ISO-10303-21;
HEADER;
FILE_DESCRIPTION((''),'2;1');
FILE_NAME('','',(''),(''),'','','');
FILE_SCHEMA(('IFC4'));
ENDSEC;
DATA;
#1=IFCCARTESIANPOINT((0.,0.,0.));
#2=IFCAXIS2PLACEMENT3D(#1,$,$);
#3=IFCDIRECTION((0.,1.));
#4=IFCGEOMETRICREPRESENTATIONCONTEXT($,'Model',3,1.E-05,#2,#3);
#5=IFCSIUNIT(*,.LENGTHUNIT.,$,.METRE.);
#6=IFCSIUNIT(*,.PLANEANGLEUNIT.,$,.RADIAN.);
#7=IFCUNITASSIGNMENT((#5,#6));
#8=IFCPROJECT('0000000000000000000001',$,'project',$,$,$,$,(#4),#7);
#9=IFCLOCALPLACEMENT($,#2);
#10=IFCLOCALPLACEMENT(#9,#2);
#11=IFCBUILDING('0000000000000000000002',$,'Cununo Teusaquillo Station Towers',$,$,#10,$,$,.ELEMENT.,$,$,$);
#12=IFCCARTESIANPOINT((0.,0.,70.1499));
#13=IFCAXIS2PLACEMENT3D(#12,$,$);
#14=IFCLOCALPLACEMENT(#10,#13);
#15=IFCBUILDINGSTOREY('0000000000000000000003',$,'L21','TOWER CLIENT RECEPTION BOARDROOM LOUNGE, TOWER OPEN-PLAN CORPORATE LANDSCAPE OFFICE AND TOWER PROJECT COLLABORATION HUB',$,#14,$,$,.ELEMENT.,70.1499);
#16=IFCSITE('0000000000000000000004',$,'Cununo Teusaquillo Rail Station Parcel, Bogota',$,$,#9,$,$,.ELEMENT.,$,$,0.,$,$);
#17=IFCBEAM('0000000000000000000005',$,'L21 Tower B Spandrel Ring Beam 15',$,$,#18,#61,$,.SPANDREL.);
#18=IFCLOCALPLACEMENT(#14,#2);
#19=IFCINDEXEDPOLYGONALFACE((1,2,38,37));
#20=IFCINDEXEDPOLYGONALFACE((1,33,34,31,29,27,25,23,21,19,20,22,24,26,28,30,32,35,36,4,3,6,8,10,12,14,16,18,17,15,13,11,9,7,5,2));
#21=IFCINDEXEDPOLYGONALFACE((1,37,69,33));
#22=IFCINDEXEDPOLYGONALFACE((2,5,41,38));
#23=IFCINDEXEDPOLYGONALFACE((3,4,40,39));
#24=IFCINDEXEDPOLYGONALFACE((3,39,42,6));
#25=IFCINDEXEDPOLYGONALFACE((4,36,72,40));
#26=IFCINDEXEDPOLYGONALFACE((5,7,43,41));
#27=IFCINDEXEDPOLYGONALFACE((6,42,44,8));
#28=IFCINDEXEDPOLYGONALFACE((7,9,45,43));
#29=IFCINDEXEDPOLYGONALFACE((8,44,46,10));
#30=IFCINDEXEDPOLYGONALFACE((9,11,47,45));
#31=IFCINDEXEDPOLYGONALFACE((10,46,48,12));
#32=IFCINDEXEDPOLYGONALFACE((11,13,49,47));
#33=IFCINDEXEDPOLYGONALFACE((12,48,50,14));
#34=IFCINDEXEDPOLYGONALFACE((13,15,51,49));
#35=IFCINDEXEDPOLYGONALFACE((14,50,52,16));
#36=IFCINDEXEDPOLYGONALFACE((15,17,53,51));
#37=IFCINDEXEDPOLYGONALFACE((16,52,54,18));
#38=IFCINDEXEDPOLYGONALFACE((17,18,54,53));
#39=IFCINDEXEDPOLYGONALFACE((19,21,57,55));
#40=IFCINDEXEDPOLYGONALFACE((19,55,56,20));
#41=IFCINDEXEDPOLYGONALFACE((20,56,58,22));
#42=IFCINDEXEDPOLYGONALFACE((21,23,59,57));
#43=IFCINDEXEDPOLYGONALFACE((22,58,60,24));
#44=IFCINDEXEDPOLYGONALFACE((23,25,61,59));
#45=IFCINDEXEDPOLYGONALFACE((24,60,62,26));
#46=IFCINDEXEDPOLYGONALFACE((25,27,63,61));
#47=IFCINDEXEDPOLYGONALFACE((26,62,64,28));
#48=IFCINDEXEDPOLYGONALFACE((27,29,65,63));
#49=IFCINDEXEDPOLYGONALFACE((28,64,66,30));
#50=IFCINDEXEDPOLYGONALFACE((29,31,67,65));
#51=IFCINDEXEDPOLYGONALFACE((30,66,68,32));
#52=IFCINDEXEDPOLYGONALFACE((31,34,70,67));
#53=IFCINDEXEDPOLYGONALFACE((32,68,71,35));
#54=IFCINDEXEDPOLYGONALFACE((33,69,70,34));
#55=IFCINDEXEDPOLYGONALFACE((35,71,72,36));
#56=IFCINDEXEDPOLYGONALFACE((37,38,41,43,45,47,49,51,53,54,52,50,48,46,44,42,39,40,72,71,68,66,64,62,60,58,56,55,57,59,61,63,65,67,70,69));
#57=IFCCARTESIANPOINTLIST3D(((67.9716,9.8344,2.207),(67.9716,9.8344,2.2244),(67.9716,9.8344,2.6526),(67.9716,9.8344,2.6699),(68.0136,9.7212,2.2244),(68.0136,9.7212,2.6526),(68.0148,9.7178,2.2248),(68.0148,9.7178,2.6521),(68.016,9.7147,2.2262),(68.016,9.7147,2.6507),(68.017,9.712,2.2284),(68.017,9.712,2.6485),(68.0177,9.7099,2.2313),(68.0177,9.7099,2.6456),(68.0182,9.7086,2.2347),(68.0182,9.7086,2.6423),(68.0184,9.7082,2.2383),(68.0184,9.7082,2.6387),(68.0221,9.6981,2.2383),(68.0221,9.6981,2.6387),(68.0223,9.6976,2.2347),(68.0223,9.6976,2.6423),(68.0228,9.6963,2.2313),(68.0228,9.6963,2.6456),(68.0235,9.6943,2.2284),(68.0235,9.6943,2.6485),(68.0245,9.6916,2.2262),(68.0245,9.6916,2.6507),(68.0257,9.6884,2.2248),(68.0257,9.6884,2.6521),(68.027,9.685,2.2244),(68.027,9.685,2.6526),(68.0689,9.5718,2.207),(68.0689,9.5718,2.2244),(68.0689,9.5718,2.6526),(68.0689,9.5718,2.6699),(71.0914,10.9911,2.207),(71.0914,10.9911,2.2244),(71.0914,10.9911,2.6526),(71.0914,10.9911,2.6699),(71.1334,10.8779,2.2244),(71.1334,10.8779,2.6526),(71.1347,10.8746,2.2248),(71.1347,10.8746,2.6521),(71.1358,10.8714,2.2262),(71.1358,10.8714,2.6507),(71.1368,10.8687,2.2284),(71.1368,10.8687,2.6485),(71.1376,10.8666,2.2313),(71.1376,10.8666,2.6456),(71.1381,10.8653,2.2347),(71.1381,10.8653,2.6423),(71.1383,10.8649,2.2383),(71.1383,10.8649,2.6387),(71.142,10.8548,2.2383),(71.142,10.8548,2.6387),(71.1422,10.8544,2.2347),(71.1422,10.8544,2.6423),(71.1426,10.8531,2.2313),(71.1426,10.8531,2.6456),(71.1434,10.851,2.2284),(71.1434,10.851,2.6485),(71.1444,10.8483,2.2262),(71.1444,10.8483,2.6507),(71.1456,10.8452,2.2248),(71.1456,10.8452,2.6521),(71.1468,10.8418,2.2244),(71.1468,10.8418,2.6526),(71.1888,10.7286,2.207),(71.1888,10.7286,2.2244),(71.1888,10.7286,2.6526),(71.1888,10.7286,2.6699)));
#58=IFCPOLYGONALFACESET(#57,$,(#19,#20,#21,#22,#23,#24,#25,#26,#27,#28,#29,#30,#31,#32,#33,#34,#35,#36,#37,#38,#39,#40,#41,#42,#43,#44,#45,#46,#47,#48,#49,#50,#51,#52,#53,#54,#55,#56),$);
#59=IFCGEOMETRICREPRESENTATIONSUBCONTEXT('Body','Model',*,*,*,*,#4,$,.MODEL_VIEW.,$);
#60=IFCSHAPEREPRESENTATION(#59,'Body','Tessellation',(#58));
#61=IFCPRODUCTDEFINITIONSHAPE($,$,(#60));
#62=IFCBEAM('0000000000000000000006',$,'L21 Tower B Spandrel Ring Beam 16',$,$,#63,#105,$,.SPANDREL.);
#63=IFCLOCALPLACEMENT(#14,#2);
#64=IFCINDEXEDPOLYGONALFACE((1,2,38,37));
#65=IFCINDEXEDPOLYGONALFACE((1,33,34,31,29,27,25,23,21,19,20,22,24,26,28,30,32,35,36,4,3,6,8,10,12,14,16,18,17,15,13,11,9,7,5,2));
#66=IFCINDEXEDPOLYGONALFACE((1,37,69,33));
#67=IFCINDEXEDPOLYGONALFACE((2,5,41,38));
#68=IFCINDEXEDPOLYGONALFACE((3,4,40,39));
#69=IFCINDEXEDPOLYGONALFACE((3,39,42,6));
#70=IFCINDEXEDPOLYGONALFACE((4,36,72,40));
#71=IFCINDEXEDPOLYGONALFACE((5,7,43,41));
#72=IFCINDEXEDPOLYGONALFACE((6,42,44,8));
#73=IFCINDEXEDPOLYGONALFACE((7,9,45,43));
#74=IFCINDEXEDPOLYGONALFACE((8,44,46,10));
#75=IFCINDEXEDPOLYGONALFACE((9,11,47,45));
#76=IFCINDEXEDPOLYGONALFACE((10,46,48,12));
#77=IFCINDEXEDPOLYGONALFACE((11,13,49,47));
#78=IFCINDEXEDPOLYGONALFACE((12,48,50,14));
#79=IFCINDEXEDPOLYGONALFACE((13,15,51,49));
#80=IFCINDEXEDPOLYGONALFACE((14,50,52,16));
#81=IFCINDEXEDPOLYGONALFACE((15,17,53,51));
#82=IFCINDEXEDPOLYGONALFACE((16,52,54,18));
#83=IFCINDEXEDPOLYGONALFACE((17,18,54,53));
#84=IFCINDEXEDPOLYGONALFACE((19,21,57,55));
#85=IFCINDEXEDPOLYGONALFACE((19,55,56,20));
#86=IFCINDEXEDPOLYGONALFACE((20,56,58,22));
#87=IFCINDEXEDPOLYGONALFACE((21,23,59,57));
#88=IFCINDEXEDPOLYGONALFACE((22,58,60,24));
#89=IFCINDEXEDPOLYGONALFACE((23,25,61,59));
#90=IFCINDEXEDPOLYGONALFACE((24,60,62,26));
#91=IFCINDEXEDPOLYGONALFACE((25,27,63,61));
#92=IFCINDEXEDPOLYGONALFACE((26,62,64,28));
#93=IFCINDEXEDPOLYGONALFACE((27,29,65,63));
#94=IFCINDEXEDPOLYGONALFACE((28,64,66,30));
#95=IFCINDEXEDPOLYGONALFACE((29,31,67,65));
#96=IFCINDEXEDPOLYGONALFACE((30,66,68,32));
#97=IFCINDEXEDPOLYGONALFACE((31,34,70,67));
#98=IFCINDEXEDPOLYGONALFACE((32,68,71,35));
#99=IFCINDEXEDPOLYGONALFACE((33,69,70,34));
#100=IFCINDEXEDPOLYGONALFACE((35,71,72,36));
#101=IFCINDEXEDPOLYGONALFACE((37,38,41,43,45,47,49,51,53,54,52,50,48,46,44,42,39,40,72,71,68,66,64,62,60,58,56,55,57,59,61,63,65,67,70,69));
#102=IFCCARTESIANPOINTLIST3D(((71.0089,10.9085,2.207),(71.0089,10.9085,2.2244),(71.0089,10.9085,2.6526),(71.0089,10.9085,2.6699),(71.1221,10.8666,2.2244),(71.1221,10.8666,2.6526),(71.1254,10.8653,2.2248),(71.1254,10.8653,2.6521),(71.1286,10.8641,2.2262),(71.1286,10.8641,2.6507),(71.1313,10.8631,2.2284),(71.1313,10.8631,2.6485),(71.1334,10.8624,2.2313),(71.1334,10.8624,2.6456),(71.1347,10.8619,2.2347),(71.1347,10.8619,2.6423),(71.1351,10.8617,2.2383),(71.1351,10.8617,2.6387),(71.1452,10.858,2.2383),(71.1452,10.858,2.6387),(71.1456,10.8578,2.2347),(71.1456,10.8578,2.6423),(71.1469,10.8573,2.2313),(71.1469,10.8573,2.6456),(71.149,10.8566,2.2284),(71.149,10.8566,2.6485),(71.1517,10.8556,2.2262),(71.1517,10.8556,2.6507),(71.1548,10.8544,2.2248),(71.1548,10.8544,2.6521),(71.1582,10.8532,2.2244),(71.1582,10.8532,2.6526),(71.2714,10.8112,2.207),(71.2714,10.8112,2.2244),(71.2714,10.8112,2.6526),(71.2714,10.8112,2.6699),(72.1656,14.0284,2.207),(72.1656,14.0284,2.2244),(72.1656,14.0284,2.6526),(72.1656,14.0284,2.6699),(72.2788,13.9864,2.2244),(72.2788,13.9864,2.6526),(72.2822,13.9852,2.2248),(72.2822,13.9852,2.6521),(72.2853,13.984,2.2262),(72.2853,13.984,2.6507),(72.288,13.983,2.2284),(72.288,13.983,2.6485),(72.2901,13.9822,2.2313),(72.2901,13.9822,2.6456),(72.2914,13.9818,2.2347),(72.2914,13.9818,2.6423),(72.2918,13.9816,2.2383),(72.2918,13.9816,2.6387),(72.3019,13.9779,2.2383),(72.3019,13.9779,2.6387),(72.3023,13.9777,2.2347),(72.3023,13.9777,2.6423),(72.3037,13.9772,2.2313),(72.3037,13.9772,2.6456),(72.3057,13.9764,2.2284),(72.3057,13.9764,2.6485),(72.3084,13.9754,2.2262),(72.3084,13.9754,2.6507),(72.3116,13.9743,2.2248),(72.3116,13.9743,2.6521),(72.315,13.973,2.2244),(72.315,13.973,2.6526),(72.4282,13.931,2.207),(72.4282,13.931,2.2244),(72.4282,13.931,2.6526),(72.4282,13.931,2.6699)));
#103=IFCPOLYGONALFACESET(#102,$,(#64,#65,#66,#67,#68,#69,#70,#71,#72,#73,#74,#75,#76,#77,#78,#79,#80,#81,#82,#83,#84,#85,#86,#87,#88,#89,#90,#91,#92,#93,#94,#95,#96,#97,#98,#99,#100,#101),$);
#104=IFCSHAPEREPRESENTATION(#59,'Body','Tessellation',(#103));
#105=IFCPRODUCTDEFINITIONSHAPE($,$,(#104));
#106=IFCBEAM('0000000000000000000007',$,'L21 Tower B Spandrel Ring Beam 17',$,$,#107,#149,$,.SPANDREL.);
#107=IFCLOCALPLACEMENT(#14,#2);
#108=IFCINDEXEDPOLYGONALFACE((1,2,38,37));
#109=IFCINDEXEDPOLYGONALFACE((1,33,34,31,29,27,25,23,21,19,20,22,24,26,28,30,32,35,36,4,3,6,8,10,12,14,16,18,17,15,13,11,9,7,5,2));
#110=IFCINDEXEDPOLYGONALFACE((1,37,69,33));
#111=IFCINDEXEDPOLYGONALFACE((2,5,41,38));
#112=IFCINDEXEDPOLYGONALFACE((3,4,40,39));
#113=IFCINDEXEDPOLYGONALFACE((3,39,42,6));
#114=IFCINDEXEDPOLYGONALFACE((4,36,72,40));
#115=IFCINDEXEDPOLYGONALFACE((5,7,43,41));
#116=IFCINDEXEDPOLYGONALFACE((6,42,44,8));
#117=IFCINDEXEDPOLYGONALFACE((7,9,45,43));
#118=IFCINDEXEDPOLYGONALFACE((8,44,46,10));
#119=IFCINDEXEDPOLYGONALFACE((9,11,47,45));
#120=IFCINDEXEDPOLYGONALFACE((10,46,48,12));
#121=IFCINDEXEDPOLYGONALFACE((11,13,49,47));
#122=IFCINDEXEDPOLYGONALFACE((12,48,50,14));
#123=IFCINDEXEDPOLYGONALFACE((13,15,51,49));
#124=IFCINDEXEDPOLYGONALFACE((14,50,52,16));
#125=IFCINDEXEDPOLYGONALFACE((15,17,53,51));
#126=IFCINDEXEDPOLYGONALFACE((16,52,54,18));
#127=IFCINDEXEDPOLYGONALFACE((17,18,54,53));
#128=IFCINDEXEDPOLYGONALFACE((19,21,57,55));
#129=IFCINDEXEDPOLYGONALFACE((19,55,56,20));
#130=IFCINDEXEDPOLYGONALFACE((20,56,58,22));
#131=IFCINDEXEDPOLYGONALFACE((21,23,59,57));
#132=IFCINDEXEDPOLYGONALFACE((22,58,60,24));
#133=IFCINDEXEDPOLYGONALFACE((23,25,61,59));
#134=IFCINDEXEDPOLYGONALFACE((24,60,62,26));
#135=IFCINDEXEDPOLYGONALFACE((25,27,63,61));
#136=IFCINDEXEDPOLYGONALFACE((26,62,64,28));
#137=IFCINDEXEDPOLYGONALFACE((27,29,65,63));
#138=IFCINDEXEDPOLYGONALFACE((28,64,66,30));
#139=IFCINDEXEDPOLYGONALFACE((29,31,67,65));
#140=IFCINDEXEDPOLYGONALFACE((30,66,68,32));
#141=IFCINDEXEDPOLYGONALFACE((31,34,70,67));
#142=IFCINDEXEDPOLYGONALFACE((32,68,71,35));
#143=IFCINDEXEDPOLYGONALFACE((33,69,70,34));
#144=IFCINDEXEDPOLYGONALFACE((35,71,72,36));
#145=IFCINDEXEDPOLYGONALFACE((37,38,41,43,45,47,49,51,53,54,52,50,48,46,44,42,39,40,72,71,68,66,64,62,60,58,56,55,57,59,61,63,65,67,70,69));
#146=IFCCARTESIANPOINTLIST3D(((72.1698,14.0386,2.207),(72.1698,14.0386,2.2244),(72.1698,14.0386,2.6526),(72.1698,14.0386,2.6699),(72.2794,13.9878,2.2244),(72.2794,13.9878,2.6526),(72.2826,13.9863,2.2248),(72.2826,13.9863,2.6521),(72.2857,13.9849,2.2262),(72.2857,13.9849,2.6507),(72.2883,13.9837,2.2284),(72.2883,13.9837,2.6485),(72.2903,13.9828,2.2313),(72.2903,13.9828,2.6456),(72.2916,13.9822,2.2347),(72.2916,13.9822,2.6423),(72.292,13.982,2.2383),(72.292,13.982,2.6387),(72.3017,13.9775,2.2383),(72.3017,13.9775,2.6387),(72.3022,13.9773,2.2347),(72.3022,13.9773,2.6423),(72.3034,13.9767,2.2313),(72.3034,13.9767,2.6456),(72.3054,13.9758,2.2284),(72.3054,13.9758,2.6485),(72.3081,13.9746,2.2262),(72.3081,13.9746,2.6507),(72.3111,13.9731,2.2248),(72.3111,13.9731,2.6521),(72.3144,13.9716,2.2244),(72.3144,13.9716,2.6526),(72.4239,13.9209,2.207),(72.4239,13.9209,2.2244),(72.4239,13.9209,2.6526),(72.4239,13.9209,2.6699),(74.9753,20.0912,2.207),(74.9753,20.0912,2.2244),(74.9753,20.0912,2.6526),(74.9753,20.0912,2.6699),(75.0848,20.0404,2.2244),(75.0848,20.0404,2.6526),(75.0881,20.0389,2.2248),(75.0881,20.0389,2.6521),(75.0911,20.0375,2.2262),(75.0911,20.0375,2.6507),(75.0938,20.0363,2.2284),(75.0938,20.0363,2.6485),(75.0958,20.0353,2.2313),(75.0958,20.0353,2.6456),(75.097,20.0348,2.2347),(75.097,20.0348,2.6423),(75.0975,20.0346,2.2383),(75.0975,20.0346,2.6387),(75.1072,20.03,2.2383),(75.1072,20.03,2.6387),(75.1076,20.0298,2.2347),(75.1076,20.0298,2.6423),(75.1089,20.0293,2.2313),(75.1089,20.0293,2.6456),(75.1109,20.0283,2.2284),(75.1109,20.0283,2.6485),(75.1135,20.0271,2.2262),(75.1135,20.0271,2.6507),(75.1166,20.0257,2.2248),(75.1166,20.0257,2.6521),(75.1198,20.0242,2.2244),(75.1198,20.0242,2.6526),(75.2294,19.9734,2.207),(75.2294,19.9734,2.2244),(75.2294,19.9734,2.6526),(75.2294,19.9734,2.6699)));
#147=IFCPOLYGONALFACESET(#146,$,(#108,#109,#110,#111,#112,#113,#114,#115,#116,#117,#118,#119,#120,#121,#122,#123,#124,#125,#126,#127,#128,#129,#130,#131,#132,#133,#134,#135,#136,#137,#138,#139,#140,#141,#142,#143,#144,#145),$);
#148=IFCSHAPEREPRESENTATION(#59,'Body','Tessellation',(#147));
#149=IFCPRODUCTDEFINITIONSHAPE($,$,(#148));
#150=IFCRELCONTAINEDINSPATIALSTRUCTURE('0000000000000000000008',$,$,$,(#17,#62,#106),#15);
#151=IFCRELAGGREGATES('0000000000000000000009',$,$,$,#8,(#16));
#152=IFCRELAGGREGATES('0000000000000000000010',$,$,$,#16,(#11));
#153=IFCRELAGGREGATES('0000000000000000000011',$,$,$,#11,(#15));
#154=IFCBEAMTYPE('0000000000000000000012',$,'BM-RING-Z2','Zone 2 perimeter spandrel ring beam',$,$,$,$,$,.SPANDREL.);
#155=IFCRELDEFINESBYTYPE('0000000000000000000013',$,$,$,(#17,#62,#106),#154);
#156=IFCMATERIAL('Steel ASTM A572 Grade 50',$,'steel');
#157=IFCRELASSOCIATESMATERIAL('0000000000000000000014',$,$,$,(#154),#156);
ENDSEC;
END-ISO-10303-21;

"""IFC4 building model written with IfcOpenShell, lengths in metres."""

from ifc_helpers import new_model, si_unit, direction, frame, origin, origin_2d, place, context, subcontext, project, spatial, i_section, extrude, material, material_profile, profile_set, type_object, element, save


model = new_model("IFC4")

# Units and contexts
model_context = context("Model", 3, precision=1e-05, world=origin(), true_north=direction((0.0, 1.0)))
body_context = subcontext(model_context, "Body", "Model", "MODEL_VIEW")
ifc_project = project(units=[si_unit("LENGTHUNIT", "METRE"), si_unit("PLANEANGLEUNIT", "RADIAN")], contexts=[model_context])

# Site, building, storey
site_placement = place(None, origin())
site = spatial("IfcSite", under=ifc_project, at=site_placement, Name="Cununo Teusaquillo Rail Station Parcel, Bogota", CompositionType="ELEMENT", RefElevation=0.0)
building_placement = place(site_placement, origin())
building = spatial("IfcBuilding", under=site, at=building_placement, Name="Cununo Teusaquillo Station Towers", CompositionType="ELEMENT")
storey_placement = place(building_placement, frame((0.0, 0.0, 70.1499)))
storey = spatial("IfcBuildingStorey", under=building, at=storey_placement, Name="L21", Description="TOWER CLIENT RECEPTION BOARDROOM LOUNGE, TOWER OPEN-PLAN CORPORATE LANDSCAPE OFFICE AND TOWER PROJECT COLLABORATION HUB", CompositionType="ELEMENT", Elevation=70.1499)

# Beams
ifc_material_1 = material(Name="Steel ASTM A572 Grade 50", Category="steel")
ifc_material_profile_1 = material_profile(ifc_material_1, i_section(OverallWidth=0.28, OverallDepth=0.4629, WebThickness=0.0107, FlangeThickness=0.0173, FilletRadius=0.0139, at=origin_2d()), Name="W18X76")
ifc_profile_set_1 = profile_set([ifc_material_profile_1], Name="Steel ASTM A572 Grade 50")
beam_type_1 = type_object("IfcBeamType", Name="BM-RING-Z2", Description="Zone 2 perimeter spandrel ring beam", PredefinedType="SPANDREL", material=ifc_profile_set_1)
for number, where, z_axis, x_axis, name in (
    (1, (68.0203, 9.7031, 2.4385), (0.937628, 0.347639, 0.0), (-0.347639, 0.937628, 0.0), "L21 Tower B Spandrel Ring Beam 15"),
    (2, (71.1401, 10.8599, 2.4385), (0.347639, 0.937628, 0.0), (-0.937628, 0.347639, 0.0), "L21 Tower B Spandrel Ring Beam 16"),
):
    element("IfcBeam", number, at=place(storey_placement, frame(where, z_axis=z_axis, x_axis=x_axis)), inside=storey, type_object=beam_type_1, Name=name, PredefinedType="SPANDREL", context=body_context, shape_type="SweptSolid", body=[
        extrude(i_section(OverallWidth=0.28, OverallDepth=0.4629, WebThickness=0.0107, FlangeThickness=0.0173, FilletRadius=0.0139, at=origin_2d()), origin(), (0.0, 0.0, 1.0), 3.3274),
    ])
beam_1_placement = place(storey_placement, frame((72.2969, 13.9797, 2.4385), z_axis=(0.420536, 0.907276, 0.0), x_axis=(-0.907276, 0.420536, 0.0)))
element("IfcBeam", 3, at=beam_1_placement, inside=storey, type_object=beam_type_1, Name="L21 Tower B Spandrel Ring Beam 17", PredefinedType="SPANDREL", context=body_context, shape_type="SweptSolid", body=[
    extrude(i_section(OverallWidth=0.28, OverallDepth=0.4629, WebThickness=0.0107, FlangeThickness=0.0173, FilletRadius=0.0139, at=origin_2d()), origin(), (0.0, 0.0, 1.0), 6.6711),
])

save(model, "model.ifc")
